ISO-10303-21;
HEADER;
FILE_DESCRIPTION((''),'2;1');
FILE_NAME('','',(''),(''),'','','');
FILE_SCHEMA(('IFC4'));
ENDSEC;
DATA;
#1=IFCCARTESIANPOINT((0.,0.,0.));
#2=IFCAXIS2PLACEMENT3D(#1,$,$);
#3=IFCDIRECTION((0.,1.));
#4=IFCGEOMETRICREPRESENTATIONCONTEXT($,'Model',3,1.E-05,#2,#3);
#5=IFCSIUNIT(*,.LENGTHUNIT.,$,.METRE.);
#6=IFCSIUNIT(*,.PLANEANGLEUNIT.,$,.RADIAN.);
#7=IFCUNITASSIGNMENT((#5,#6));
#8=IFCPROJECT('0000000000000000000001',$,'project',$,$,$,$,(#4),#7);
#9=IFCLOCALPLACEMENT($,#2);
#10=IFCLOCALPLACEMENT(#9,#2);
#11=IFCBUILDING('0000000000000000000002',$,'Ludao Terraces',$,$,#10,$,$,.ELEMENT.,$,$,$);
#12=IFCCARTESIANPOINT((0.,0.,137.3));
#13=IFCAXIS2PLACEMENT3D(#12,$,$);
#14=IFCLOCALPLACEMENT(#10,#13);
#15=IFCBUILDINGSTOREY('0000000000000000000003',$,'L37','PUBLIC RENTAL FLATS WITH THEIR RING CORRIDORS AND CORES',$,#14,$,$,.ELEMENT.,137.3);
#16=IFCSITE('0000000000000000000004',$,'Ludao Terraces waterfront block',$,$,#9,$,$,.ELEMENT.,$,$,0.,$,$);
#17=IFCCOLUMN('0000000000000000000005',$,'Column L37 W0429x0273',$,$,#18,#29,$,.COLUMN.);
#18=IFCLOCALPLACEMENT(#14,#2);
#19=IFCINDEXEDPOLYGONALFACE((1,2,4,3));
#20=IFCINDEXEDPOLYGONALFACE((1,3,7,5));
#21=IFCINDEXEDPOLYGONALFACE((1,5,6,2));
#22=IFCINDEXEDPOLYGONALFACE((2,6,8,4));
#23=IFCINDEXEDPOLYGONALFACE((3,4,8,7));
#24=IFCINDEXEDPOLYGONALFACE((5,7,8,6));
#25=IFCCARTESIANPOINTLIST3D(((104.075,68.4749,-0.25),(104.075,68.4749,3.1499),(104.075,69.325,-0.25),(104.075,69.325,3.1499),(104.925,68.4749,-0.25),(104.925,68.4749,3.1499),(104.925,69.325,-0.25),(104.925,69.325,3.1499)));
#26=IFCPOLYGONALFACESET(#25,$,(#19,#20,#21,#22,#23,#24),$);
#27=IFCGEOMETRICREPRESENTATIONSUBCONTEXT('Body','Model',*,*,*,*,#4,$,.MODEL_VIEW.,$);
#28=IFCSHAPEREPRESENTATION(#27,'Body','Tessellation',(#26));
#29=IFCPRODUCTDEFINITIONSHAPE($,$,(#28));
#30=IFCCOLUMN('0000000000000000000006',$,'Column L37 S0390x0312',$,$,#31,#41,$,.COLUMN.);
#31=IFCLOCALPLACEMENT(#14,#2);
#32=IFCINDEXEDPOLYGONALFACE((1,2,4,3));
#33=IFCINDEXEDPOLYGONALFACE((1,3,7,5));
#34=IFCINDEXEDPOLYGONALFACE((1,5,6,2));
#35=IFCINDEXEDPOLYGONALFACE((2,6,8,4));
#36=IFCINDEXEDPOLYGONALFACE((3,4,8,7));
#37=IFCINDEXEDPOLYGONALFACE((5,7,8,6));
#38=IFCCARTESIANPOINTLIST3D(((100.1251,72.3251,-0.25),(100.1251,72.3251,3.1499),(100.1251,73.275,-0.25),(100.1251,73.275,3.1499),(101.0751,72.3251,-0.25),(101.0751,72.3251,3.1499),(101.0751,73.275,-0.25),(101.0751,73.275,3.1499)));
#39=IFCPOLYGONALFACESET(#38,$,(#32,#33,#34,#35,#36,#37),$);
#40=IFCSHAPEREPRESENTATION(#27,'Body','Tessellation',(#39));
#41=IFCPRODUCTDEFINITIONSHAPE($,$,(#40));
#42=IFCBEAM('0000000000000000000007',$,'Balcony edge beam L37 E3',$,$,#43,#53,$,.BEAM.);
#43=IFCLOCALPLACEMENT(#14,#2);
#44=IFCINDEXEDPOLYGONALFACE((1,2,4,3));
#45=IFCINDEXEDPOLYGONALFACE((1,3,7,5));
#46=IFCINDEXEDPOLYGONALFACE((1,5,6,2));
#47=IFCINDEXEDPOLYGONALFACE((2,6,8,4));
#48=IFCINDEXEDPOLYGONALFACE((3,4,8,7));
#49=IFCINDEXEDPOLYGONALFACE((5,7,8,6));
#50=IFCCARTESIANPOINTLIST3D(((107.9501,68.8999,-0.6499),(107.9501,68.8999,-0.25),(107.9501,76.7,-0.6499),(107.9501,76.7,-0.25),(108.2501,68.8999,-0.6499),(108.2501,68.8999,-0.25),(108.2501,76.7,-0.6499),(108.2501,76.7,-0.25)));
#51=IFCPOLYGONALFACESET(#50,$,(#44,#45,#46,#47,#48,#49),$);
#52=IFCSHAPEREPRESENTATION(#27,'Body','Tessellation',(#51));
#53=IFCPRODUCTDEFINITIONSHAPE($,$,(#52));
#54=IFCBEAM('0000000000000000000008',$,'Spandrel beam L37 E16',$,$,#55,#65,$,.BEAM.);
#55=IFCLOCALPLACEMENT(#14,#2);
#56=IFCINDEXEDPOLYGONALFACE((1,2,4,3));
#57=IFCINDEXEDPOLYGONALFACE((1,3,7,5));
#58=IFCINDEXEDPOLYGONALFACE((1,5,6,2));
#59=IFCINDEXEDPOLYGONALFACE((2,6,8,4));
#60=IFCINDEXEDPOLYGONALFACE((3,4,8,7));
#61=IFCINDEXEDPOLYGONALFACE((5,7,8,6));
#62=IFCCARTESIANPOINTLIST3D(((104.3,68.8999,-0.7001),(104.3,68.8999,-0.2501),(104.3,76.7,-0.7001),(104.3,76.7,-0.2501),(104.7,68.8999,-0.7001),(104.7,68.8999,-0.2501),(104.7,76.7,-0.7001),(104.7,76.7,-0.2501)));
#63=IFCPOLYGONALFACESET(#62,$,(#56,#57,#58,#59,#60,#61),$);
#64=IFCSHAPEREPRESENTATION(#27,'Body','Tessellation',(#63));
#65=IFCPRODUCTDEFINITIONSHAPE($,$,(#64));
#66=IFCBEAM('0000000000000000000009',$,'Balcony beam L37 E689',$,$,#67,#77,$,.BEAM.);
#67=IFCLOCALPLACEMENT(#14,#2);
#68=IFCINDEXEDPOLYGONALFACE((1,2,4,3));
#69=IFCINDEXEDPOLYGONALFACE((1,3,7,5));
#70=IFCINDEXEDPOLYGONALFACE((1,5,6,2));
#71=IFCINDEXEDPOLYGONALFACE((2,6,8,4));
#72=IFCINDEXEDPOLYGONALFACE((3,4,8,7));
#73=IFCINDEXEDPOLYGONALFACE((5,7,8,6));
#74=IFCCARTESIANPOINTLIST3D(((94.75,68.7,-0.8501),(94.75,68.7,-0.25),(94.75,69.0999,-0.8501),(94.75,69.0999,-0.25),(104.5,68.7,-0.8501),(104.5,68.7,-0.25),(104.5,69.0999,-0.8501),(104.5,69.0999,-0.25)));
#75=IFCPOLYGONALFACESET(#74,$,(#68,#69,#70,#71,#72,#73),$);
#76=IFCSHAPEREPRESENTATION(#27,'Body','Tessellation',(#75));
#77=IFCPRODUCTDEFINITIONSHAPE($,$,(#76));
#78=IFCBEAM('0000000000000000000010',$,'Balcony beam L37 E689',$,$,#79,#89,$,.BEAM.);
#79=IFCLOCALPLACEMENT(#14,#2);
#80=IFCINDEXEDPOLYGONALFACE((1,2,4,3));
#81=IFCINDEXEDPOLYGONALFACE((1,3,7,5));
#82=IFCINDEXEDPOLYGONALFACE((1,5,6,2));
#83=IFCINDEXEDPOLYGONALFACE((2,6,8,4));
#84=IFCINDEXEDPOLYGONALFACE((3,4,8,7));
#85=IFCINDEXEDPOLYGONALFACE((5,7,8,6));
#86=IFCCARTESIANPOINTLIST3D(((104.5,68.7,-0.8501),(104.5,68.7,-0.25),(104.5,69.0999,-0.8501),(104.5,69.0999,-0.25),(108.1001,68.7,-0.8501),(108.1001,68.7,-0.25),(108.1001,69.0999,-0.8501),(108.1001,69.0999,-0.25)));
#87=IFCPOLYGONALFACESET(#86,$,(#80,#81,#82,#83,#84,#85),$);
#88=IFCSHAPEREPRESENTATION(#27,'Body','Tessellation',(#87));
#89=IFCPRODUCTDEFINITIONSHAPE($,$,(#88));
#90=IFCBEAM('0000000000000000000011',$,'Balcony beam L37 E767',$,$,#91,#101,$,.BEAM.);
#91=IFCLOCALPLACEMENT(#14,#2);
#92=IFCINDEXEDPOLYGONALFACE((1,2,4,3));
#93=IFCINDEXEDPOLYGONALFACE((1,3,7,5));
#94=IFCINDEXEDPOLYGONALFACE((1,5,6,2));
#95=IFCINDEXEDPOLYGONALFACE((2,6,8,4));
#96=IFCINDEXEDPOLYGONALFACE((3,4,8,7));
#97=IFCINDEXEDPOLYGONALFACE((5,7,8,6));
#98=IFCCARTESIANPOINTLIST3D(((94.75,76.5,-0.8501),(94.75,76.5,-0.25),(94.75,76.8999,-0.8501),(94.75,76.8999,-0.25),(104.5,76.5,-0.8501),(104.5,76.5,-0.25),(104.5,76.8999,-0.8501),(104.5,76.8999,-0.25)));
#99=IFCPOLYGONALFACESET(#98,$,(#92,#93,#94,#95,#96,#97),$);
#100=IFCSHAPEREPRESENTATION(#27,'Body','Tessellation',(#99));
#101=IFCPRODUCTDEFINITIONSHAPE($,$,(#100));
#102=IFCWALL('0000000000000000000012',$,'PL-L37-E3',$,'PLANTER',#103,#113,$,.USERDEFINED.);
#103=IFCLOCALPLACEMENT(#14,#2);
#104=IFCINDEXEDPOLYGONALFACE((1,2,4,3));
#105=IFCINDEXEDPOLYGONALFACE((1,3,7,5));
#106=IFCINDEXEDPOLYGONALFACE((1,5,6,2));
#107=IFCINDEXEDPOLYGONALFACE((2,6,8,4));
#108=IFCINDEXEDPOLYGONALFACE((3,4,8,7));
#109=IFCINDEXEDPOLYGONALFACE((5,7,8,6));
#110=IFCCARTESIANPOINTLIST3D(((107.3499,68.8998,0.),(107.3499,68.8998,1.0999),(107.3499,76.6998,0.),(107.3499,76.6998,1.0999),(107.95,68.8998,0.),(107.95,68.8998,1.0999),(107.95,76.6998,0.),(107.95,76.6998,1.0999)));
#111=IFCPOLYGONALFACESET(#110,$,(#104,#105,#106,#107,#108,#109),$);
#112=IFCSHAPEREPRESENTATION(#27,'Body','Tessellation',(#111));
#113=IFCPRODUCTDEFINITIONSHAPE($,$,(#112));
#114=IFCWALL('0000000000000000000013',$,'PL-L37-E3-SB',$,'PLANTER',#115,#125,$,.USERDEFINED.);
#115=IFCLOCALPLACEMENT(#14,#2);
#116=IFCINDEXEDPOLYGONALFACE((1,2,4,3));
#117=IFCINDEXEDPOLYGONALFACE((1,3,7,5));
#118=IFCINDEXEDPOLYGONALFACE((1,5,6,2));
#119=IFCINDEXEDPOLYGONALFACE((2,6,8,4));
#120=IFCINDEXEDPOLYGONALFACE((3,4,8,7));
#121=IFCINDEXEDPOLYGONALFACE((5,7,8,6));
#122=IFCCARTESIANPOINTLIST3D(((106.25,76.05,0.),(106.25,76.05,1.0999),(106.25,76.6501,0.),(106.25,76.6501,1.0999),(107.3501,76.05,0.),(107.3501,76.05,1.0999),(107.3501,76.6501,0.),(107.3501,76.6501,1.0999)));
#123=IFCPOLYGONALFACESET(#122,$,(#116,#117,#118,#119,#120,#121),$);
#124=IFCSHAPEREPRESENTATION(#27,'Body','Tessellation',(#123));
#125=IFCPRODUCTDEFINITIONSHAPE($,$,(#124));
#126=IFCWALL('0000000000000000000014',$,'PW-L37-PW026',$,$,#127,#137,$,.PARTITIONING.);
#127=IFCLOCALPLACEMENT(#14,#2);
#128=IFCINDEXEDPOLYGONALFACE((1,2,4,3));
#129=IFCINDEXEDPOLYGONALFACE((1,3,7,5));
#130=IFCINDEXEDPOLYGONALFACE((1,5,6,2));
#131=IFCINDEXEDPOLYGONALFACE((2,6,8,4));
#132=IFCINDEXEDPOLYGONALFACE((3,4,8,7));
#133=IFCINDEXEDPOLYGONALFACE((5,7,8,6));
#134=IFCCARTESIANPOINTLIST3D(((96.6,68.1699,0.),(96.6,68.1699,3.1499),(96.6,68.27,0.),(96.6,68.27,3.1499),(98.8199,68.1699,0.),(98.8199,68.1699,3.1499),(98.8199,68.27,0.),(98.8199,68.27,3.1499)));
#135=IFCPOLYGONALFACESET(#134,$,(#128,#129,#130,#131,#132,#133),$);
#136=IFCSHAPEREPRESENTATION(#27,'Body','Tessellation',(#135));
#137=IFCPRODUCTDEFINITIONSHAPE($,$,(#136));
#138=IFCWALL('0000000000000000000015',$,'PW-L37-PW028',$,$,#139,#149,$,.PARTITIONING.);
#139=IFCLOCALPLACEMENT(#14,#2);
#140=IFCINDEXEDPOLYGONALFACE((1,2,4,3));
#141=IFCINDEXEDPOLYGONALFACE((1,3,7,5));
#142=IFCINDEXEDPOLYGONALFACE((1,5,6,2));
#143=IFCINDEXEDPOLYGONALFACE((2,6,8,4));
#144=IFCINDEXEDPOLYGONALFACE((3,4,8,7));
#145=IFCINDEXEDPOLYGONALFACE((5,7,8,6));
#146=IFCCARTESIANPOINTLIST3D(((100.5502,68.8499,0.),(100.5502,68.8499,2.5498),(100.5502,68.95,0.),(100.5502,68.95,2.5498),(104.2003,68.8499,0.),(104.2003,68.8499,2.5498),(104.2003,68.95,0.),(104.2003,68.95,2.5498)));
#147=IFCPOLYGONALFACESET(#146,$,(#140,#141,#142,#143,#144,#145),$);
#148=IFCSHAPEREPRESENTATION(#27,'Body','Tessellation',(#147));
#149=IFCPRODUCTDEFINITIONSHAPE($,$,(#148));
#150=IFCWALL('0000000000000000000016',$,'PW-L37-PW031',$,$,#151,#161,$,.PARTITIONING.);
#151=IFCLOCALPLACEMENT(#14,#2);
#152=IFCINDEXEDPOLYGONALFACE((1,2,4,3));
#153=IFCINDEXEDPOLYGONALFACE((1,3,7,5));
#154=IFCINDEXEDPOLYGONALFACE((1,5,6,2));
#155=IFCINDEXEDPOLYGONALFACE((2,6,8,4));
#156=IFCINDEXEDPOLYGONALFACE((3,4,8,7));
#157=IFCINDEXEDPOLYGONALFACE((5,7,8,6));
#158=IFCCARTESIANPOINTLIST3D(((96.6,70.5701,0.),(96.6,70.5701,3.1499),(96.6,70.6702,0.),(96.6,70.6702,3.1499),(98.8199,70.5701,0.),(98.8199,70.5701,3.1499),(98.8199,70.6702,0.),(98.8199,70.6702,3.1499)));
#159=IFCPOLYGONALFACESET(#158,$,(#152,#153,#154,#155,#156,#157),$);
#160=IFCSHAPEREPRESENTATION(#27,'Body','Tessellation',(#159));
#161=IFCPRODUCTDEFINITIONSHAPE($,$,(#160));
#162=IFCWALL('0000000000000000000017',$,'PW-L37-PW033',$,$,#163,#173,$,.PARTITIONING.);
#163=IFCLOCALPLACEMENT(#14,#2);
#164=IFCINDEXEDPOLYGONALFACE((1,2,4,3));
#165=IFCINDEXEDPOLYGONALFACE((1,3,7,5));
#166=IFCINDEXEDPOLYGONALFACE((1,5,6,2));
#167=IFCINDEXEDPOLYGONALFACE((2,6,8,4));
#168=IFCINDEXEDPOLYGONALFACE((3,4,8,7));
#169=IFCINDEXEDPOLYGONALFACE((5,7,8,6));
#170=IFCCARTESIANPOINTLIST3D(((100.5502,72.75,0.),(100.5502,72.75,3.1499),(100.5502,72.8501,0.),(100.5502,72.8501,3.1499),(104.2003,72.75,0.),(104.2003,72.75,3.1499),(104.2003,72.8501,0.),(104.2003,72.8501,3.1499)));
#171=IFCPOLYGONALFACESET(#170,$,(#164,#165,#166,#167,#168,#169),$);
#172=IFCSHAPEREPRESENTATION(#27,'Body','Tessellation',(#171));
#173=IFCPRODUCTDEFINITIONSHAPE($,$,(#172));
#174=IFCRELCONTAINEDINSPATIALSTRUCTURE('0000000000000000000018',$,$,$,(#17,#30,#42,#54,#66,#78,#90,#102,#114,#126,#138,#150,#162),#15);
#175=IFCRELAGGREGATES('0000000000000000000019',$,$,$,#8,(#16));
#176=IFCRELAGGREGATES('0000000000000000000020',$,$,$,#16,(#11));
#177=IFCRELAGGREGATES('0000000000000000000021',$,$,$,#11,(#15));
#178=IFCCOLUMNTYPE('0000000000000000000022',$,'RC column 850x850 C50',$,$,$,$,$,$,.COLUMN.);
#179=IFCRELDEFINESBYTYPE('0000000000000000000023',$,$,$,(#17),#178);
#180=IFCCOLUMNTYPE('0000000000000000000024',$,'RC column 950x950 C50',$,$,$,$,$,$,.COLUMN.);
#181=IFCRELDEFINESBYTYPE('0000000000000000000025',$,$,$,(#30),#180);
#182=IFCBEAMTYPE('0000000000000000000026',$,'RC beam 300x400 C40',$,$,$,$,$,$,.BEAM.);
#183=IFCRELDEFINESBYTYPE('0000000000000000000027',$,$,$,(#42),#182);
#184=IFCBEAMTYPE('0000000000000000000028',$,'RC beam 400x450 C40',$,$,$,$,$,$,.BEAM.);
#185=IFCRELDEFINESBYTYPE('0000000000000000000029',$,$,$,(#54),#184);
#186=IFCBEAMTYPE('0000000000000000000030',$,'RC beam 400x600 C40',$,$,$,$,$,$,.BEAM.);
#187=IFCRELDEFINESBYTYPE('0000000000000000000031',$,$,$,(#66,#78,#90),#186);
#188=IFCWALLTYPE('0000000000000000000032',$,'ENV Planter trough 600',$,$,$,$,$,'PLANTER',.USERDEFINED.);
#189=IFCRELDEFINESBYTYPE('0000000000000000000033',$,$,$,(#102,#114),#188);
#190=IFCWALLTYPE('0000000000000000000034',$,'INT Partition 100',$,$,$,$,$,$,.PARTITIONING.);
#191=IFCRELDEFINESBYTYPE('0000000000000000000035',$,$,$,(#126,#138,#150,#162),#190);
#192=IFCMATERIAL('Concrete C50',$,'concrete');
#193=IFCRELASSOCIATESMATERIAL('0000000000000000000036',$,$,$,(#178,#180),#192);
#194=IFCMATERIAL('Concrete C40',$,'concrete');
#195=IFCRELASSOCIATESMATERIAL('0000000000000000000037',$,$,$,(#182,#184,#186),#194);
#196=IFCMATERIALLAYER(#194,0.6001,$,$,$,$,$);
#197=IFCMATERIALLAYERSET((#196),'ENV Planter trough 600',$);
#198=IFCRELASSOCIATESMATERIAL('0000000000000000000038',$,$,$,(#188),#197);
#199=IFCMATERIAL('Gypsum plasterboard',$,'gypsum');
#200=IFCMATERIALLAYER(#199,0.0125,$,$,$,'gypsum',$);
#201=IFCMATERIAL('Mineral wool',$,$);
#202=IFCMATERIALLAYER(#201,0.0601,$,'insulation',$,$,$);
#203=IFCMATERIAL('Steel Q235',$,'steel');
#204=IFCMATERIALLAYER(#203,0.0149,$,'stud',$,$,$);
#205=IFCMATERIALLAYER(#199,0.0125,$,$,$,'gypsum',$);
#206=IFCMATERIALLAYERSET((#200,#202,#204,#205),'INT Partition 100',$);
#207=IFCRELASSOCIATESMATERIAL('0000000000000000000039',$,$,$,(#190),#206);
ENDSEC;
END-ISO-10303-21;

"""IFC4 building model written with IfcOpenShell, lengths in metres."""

from ifc_helpers import new_model, si_unit, direction, frame, frame_2d, origin, origin_2d, place, context, subcontext, project, spatial, rectangle, extrude, material, layer, layer_set, material_profile, profile_set, type_object, element, save


model = new_model("IFC4")

# Units and contexts
model_context = context("Model", 3, precision=1e-05, world=origin(), true_north=direction((0.0, 1.0)))
body_context = subcontext(model_context, "Body", "Model", "MODEL_VIEW")
ifc_project = project(units=[si_unit("LENGTHUNIT", "METRE"), si_unit("PLANEANGLEUNIT", "RADIAN")], contexts=[model_context])

# Site, building, storey
site_placement = place(None, origin())
site = spatial("IfcSite", under=ifc_project, at=site_placement, Name="Ludao Terraces waterfront block", CompositionType="ELEMENT", RefElevation=0.0)
building_placement = place(site_placement, origin())
building = spatial("IfcBuilding", under=site, at=building_placement, Name="Ludao Terraces", CompositionType="ELEMENT")
storey_placement = place(building_placement, frame((0.0, 0.0, 137.3)))
storey = spatial("IfcBuildingStorey", under=building, at=storey_placement, Name="L37", Description="PUBLIC RENTAL FLATS WITH THEIR RING CORRIDORS AND CORES", CompositionType="ELEMENT", Elevation=137.3)

# Columns
ifc_material_1 = material(Name="Concrete C50", Category="concrete")
ifc_material_profile_1 = material_profile(ifc_material_1, rectangle(XDim=0.8501, YDim=0.8501, at=origin_2d()), Name="850 X 850")
ifc_profile_set_1 = profile_set([ifc_material_profile_1], Name="Concrete C50")
column_type_1 = type_object("IfcColumnType", Name="RC column 850x850 C50", PredefinedType="COLUMN", material=ifc_profile_set_1)
column_1_placement = place(storey_placement, frame((104.5, 68.8999, -0.25), z_axis=(0.0, 0.0, 1.0), x_axis=(1.0, 0.0, 0.0)))
element("IfcColumn", 1, at=column_1_placement, inside=storey, type_object=column_type_1, Name="Column L37 W0429x0273", PredefinedType="COLUMN", context=body_context, shape_type="SweptSolid", body=[
    extrude(rectangle(XDim=0.8501, YDim=0.8501, at=origin_2d()), origin(), (0.0, 0.0, 1.0), 3.3999),
])
ifc_material_profile_2 = material_profile(ifc_material_1, rectangle(XDim=0.95, YDim=0.95, at=origin_2d()), Name="950 X 950")
ifc_profile_set_2 = profile_set([ifc_material_profile_2], Name="Concrete C50")
column_type_2 = type_object("IfcColumnType", Name="RC column 950x950 C50", PredefinedType="COLUMN", material=ifc_profile_set_2)
column_2_placement = place(storey_placement, frame((100.6001, 72.8, -0.25), z_axis=(0.0, 0.0, 1.0), x_axis=(1.0, 0.0, 0.0)))
element("IfcColumn", 2, at=column_2_placement, inside=storey, type_object=column_type_2, Name="Column L37 S0390x0312", PredefinedType="COLUMN", context=body_context, shape_type="SweptSolid", body=[
    extrude(rectangle(XDim=0.95, YDim=0.95, at=origin_2d()), origin(), (0.0, 0.0, 1.0), 3.3999),
])

# Beams
ifc_material_2 = material(Name="Concrete C40", Category="concrete")
ifc_material_profile_3 = material_profile(ifc_material_2, rectangle(XDim=0.3, YDim=0.3999, at=origin_2d()), Name="300 X 400")
ifc_profile_set_3 = profile_set([ifc_material_profile_3], Name="Concrete C40")
beam_type_1 = type_object("IfcBeamType", Name="RC beam 300x400 C40", PredefinedType="BEAM", material=ifc_profile_set_3)
beam_1_placement = place(storey_placement, frame((108.1001, 68.8999, -0.45), z_axis=(0.0, 1.0, 0.0), x_axis=(-1.0, 0.0, 0.0)))
element("IfcBeam", 3, at=beam_1_placement, inside=storey, type_object=beam_type_1, Name="Balcony edge beam L37 E3", PredefinedType="BEAM", context=body_context, shape_type="SweptSolid", body=[
    extrude(rectangle(XDim=0.3, YDim=0.3999, at=origin_2d()), origin(), (0.0, 0.0, 1.0), 7.8),
])
ifc_material_profile_4 = material_profile(ifc_material_2, rectangle(XDim=0.3999, YDim=0.45, at=origin_2d()), Name="400 X 450")
ifc_profile_set_4 = profile_set([ifc_material_profile_4], Name="Concrete C40")
beam_type_2 = type_object("IfcBeamType", Name="RC beam 400x450 C40", PredefinedType="BEAM", material=ifc_profile_set_4)
beam_2_placement = place(storey_placement, frame((104.5, 68.8999, -0.4751), z_axis=(0.0, 1.0, 0.0), x_axis=(-1.0, 0.0, 0.0)))
element("IfcBeam", 4, at=beam_2_placement, inside=storey, type_object=beam_type_2, Name="Spandrel beam L37 E16", PredefinedType="BEAM", context=body_context, shape_type="SweptSolid", body=[
    extrude(rectangle(XDim=0.3999, YDim=0.45, at=origin_2d()), origin(), (0.0, 0.0, 1.0), 7.8),
])
ifc_material_profile_5 = material_profile(ifc_material_2, rectangle(XDim=0.3999, YDim=0.6001, at=origin_2d()), Name="400 X 600")
ifc_profile_set_5 = profile_set([ifc_material_profile_5], Name="Concrete C40")
beam_type_3 = type_object("IfcBeamType", Name="RC beam 400x600 C40", PredefinedType="BEAM", material=ifc_profile_set_5)
beam_3_placement = place(storey_placement, frame((94.75, 68.8999, -0.55), z_axis=(1.0, 0.0, 0.0), x_axis=(0.0, 1.0, 0.0)))
element("IfcBeam", 5, at=beam_3_placement, inside=storey, type_object=beam_type_3, Name="Balcony beam L37 E689", PredefinedType="BEAM", context=body_context, shape_type="SweptSolid", body=[
    extrude(rectangle(XDim=0.3999, YDim=0.6001, at=origin_2d()), origin(), (0.0, 0.0, 1.0), 9.75),
])
beam_4_placement = place(storey_placement, frame((104.5, 68.8999, -0.55), z_axis=(1.0, 0.0, 0.0), x_axis=(0.0, 1.0, 0.0)))
element("IfcBeam", 6, at=beam_4_placement, inside=storey, type_object=beam_type_3, Name="Balcony beam L37 E689", PredefinedType="BEAM", context=body_context, shape_type="SweptSolid", body=[
    extrude(rectangle(XDim=0.3999, YDim=0.6001, at=origin_2d()), origin(), (0.0, 0.0, 1.0), 3.6001),
])
beam_5_placement = place(storey_placement, frame((94.75, 76.7, -0.55), z_axis=(1.0, 0.0, 0.0), x_axis=(0.0, 1.0, 0.0)))
element("IfcBeam", 7, at=beam_5_placement, inside=storey, type_object=beam_type_3, Name="Balcony beam L37 E767", PredefinedType="BEAM", context=body_context, shape_type="SweptSolid", body=[
    extrude(rectangle(XDim=0.3999, YDim=0.6001, at=origin_2d()), origin(), (0.0, 0.0, 1.0), 9.75),
])

# Walls
ifc_layer_1 = layer(ifc_material_2, 0.6001)
ifc_layer_set_1 = layer_set([ifc_layer_1], Name="ENV Planter trough 600")
wall_type_1 = type_object("IfcWallType", Name="ENV Planter trough 600", ElementType="PLANTER", PredefinedType="USERDEFINED", material=ifc_layer_set_1)
wall_1_placement = place(storey_placement, frame((107.6499, 68.8999, 0.0), z_axis=(0.0, 0.0, 1.0), x_axis=(0.0, 1.0, 0.0)))
element("IfcWall", 8, at=wall_1_placement, inside=storey, type_object=wall_type_1, Name="PL-L37-E3", ObjectType="PLANTER", PredefinedType="USERDEFINED", context=body_context, shape_type="SweptSolid", body=[
    extrude(rectangle(XDim=7.8, YDim=0.6001, at=frame_2d((3.8999, 0.0))), origin(), (0.0, 0.0, 1.0), 1.0999),
])
wall_2_placement = place(storey_placement, frame((107.3501, 76.3501, 0.0), z_axis=(0.0, 0.0, 1.0), x_axis=(-1.0, 0.0, 0.0)))
element("IfcWall", 9, at=wall_2_placement, inside=storey, type_object=wall_type_1, Name="PL-L37-E3-SB", ObjectType="PLANTER", PredefinedType="USERDEFINED", context=body_context, shape_type="SweptSolid", body=[
    extrude(rectangle(XDim=1.1001, YDim=0.6001, at=frame_2d((0.55, 0.0))), origin(), (0.0, 0.0, 1.0), 1.0999),
])

# Shared definitions
ifc_material_3 = material(Name="Mineral wool")

# Walls
ifc_material_4 = material(Name="Gypsum plasterboard", Category="gypsum")
ifc_layer_2 = layer(ifc_material_4, 0.0125, Category="gypsum")
ifc_layer_3 = layer(ifc_material_3, 0.0601, Name="insulation")
ifc_material_5 = material(Name="Steel Q235", Category="steel")
ifc_layer_4 = layer(ifc_material_5, 0.0149, Name="stud")
ifc_layer_5 = layer(ifc_material_4, 0.0125, Category="gypsum")
ifc_layer_set_2 = layer_set([ifc_layer_2, ifc_layer_3, ifc_layer_4, ifc_layer_5], Name="INT Partition 100")
wall_type_2 = type_object("IfcWallType", Name="INT Partition 100", PredefinedType="PARTITIONING", material=ifc_layer_set_2)
wall_3_placement = place(storey_placement, frame((96.6001, 68.22, 0.0), z_axis=(0.0, 0.0, 1.0), x_axis=(1.0, 0.0, 0.0)))
element("IfcWall", 10, at=wall_3_placement, inside=storey, type_object=wall_type_2, Name="PW-L37-PW026", PredefinedType="PARTITIONING", context=body_context, shape_type="SweptSolid", body=[
    extrude(rectangle(XDim=2.22, YDim=0.1001, at=frame_2d((1.1099, 0.0))), origin(), (0.0, 0.0, 1.0), 3.1499),
])
wall_4_placement = place(storey_placement, frame((100.55, 68.8999, 0.0), z_axis=(0.0, 0.0, 1.0), x_axis=(1.0, 0.0, 0.0)))
element("IfcWall", 11, at=wall_4_placement, inside=storey, type_object=wall_type_2, Name="PW-L37-PW028", PredefinedType="PARTITIONING", context=body_context, shape_type="SweptSolid", body=[
    extrude(rectangle(XDim=3.6501, YDim=0.1001, at=frame_2d((1.8252, 0.0))), origin(), (0.0, 0.0, 1.0), 2.5498),
])
wall_5_placement = place(storey_placement, frame((96.6001, 70.6201, 0.0), z_axis=(0.0, 0.0, 1.0), x_axis=(1.0, 0.0, 0.0)))
element("IfcWall", 12, at=wall_5_placement, inside=storey, type_object=wall_type_2, Name="PW-L37-PW031", PredefinedType="PARTITIONING", context=body_context, shape_type="SweptSolid", body=[
    extrude(rectangle(XDim=2.22, YDim=0.1001, at=frame_2d((1.1099, 0.0))), origin(), (0.0, 0.0, 1.0), 3.1499),
])
wall_6_placement = place(storey_placement, frame((100.55, 72.8, 0.0), z_axis=(0.0, 0.0, 1.0), x_axis=(1.0, 0.0, 0.0)))
element("IfcWall", 13, at=wall_6_placement, inside=storey, type_object=wall_type_2, Name="PW-L37-PW033", PredefinedType="PARTITIONING", context=body_context, shape_type="SweptSolid", body=[
    extrude(rectangle(XDim=3.6501, YDim=0.1001, at=frame_2d((1.8252, 0.0))), origin(), (0.0, 0.0, 1.0), 3.1499),
])

save(model, "model.ifc")
